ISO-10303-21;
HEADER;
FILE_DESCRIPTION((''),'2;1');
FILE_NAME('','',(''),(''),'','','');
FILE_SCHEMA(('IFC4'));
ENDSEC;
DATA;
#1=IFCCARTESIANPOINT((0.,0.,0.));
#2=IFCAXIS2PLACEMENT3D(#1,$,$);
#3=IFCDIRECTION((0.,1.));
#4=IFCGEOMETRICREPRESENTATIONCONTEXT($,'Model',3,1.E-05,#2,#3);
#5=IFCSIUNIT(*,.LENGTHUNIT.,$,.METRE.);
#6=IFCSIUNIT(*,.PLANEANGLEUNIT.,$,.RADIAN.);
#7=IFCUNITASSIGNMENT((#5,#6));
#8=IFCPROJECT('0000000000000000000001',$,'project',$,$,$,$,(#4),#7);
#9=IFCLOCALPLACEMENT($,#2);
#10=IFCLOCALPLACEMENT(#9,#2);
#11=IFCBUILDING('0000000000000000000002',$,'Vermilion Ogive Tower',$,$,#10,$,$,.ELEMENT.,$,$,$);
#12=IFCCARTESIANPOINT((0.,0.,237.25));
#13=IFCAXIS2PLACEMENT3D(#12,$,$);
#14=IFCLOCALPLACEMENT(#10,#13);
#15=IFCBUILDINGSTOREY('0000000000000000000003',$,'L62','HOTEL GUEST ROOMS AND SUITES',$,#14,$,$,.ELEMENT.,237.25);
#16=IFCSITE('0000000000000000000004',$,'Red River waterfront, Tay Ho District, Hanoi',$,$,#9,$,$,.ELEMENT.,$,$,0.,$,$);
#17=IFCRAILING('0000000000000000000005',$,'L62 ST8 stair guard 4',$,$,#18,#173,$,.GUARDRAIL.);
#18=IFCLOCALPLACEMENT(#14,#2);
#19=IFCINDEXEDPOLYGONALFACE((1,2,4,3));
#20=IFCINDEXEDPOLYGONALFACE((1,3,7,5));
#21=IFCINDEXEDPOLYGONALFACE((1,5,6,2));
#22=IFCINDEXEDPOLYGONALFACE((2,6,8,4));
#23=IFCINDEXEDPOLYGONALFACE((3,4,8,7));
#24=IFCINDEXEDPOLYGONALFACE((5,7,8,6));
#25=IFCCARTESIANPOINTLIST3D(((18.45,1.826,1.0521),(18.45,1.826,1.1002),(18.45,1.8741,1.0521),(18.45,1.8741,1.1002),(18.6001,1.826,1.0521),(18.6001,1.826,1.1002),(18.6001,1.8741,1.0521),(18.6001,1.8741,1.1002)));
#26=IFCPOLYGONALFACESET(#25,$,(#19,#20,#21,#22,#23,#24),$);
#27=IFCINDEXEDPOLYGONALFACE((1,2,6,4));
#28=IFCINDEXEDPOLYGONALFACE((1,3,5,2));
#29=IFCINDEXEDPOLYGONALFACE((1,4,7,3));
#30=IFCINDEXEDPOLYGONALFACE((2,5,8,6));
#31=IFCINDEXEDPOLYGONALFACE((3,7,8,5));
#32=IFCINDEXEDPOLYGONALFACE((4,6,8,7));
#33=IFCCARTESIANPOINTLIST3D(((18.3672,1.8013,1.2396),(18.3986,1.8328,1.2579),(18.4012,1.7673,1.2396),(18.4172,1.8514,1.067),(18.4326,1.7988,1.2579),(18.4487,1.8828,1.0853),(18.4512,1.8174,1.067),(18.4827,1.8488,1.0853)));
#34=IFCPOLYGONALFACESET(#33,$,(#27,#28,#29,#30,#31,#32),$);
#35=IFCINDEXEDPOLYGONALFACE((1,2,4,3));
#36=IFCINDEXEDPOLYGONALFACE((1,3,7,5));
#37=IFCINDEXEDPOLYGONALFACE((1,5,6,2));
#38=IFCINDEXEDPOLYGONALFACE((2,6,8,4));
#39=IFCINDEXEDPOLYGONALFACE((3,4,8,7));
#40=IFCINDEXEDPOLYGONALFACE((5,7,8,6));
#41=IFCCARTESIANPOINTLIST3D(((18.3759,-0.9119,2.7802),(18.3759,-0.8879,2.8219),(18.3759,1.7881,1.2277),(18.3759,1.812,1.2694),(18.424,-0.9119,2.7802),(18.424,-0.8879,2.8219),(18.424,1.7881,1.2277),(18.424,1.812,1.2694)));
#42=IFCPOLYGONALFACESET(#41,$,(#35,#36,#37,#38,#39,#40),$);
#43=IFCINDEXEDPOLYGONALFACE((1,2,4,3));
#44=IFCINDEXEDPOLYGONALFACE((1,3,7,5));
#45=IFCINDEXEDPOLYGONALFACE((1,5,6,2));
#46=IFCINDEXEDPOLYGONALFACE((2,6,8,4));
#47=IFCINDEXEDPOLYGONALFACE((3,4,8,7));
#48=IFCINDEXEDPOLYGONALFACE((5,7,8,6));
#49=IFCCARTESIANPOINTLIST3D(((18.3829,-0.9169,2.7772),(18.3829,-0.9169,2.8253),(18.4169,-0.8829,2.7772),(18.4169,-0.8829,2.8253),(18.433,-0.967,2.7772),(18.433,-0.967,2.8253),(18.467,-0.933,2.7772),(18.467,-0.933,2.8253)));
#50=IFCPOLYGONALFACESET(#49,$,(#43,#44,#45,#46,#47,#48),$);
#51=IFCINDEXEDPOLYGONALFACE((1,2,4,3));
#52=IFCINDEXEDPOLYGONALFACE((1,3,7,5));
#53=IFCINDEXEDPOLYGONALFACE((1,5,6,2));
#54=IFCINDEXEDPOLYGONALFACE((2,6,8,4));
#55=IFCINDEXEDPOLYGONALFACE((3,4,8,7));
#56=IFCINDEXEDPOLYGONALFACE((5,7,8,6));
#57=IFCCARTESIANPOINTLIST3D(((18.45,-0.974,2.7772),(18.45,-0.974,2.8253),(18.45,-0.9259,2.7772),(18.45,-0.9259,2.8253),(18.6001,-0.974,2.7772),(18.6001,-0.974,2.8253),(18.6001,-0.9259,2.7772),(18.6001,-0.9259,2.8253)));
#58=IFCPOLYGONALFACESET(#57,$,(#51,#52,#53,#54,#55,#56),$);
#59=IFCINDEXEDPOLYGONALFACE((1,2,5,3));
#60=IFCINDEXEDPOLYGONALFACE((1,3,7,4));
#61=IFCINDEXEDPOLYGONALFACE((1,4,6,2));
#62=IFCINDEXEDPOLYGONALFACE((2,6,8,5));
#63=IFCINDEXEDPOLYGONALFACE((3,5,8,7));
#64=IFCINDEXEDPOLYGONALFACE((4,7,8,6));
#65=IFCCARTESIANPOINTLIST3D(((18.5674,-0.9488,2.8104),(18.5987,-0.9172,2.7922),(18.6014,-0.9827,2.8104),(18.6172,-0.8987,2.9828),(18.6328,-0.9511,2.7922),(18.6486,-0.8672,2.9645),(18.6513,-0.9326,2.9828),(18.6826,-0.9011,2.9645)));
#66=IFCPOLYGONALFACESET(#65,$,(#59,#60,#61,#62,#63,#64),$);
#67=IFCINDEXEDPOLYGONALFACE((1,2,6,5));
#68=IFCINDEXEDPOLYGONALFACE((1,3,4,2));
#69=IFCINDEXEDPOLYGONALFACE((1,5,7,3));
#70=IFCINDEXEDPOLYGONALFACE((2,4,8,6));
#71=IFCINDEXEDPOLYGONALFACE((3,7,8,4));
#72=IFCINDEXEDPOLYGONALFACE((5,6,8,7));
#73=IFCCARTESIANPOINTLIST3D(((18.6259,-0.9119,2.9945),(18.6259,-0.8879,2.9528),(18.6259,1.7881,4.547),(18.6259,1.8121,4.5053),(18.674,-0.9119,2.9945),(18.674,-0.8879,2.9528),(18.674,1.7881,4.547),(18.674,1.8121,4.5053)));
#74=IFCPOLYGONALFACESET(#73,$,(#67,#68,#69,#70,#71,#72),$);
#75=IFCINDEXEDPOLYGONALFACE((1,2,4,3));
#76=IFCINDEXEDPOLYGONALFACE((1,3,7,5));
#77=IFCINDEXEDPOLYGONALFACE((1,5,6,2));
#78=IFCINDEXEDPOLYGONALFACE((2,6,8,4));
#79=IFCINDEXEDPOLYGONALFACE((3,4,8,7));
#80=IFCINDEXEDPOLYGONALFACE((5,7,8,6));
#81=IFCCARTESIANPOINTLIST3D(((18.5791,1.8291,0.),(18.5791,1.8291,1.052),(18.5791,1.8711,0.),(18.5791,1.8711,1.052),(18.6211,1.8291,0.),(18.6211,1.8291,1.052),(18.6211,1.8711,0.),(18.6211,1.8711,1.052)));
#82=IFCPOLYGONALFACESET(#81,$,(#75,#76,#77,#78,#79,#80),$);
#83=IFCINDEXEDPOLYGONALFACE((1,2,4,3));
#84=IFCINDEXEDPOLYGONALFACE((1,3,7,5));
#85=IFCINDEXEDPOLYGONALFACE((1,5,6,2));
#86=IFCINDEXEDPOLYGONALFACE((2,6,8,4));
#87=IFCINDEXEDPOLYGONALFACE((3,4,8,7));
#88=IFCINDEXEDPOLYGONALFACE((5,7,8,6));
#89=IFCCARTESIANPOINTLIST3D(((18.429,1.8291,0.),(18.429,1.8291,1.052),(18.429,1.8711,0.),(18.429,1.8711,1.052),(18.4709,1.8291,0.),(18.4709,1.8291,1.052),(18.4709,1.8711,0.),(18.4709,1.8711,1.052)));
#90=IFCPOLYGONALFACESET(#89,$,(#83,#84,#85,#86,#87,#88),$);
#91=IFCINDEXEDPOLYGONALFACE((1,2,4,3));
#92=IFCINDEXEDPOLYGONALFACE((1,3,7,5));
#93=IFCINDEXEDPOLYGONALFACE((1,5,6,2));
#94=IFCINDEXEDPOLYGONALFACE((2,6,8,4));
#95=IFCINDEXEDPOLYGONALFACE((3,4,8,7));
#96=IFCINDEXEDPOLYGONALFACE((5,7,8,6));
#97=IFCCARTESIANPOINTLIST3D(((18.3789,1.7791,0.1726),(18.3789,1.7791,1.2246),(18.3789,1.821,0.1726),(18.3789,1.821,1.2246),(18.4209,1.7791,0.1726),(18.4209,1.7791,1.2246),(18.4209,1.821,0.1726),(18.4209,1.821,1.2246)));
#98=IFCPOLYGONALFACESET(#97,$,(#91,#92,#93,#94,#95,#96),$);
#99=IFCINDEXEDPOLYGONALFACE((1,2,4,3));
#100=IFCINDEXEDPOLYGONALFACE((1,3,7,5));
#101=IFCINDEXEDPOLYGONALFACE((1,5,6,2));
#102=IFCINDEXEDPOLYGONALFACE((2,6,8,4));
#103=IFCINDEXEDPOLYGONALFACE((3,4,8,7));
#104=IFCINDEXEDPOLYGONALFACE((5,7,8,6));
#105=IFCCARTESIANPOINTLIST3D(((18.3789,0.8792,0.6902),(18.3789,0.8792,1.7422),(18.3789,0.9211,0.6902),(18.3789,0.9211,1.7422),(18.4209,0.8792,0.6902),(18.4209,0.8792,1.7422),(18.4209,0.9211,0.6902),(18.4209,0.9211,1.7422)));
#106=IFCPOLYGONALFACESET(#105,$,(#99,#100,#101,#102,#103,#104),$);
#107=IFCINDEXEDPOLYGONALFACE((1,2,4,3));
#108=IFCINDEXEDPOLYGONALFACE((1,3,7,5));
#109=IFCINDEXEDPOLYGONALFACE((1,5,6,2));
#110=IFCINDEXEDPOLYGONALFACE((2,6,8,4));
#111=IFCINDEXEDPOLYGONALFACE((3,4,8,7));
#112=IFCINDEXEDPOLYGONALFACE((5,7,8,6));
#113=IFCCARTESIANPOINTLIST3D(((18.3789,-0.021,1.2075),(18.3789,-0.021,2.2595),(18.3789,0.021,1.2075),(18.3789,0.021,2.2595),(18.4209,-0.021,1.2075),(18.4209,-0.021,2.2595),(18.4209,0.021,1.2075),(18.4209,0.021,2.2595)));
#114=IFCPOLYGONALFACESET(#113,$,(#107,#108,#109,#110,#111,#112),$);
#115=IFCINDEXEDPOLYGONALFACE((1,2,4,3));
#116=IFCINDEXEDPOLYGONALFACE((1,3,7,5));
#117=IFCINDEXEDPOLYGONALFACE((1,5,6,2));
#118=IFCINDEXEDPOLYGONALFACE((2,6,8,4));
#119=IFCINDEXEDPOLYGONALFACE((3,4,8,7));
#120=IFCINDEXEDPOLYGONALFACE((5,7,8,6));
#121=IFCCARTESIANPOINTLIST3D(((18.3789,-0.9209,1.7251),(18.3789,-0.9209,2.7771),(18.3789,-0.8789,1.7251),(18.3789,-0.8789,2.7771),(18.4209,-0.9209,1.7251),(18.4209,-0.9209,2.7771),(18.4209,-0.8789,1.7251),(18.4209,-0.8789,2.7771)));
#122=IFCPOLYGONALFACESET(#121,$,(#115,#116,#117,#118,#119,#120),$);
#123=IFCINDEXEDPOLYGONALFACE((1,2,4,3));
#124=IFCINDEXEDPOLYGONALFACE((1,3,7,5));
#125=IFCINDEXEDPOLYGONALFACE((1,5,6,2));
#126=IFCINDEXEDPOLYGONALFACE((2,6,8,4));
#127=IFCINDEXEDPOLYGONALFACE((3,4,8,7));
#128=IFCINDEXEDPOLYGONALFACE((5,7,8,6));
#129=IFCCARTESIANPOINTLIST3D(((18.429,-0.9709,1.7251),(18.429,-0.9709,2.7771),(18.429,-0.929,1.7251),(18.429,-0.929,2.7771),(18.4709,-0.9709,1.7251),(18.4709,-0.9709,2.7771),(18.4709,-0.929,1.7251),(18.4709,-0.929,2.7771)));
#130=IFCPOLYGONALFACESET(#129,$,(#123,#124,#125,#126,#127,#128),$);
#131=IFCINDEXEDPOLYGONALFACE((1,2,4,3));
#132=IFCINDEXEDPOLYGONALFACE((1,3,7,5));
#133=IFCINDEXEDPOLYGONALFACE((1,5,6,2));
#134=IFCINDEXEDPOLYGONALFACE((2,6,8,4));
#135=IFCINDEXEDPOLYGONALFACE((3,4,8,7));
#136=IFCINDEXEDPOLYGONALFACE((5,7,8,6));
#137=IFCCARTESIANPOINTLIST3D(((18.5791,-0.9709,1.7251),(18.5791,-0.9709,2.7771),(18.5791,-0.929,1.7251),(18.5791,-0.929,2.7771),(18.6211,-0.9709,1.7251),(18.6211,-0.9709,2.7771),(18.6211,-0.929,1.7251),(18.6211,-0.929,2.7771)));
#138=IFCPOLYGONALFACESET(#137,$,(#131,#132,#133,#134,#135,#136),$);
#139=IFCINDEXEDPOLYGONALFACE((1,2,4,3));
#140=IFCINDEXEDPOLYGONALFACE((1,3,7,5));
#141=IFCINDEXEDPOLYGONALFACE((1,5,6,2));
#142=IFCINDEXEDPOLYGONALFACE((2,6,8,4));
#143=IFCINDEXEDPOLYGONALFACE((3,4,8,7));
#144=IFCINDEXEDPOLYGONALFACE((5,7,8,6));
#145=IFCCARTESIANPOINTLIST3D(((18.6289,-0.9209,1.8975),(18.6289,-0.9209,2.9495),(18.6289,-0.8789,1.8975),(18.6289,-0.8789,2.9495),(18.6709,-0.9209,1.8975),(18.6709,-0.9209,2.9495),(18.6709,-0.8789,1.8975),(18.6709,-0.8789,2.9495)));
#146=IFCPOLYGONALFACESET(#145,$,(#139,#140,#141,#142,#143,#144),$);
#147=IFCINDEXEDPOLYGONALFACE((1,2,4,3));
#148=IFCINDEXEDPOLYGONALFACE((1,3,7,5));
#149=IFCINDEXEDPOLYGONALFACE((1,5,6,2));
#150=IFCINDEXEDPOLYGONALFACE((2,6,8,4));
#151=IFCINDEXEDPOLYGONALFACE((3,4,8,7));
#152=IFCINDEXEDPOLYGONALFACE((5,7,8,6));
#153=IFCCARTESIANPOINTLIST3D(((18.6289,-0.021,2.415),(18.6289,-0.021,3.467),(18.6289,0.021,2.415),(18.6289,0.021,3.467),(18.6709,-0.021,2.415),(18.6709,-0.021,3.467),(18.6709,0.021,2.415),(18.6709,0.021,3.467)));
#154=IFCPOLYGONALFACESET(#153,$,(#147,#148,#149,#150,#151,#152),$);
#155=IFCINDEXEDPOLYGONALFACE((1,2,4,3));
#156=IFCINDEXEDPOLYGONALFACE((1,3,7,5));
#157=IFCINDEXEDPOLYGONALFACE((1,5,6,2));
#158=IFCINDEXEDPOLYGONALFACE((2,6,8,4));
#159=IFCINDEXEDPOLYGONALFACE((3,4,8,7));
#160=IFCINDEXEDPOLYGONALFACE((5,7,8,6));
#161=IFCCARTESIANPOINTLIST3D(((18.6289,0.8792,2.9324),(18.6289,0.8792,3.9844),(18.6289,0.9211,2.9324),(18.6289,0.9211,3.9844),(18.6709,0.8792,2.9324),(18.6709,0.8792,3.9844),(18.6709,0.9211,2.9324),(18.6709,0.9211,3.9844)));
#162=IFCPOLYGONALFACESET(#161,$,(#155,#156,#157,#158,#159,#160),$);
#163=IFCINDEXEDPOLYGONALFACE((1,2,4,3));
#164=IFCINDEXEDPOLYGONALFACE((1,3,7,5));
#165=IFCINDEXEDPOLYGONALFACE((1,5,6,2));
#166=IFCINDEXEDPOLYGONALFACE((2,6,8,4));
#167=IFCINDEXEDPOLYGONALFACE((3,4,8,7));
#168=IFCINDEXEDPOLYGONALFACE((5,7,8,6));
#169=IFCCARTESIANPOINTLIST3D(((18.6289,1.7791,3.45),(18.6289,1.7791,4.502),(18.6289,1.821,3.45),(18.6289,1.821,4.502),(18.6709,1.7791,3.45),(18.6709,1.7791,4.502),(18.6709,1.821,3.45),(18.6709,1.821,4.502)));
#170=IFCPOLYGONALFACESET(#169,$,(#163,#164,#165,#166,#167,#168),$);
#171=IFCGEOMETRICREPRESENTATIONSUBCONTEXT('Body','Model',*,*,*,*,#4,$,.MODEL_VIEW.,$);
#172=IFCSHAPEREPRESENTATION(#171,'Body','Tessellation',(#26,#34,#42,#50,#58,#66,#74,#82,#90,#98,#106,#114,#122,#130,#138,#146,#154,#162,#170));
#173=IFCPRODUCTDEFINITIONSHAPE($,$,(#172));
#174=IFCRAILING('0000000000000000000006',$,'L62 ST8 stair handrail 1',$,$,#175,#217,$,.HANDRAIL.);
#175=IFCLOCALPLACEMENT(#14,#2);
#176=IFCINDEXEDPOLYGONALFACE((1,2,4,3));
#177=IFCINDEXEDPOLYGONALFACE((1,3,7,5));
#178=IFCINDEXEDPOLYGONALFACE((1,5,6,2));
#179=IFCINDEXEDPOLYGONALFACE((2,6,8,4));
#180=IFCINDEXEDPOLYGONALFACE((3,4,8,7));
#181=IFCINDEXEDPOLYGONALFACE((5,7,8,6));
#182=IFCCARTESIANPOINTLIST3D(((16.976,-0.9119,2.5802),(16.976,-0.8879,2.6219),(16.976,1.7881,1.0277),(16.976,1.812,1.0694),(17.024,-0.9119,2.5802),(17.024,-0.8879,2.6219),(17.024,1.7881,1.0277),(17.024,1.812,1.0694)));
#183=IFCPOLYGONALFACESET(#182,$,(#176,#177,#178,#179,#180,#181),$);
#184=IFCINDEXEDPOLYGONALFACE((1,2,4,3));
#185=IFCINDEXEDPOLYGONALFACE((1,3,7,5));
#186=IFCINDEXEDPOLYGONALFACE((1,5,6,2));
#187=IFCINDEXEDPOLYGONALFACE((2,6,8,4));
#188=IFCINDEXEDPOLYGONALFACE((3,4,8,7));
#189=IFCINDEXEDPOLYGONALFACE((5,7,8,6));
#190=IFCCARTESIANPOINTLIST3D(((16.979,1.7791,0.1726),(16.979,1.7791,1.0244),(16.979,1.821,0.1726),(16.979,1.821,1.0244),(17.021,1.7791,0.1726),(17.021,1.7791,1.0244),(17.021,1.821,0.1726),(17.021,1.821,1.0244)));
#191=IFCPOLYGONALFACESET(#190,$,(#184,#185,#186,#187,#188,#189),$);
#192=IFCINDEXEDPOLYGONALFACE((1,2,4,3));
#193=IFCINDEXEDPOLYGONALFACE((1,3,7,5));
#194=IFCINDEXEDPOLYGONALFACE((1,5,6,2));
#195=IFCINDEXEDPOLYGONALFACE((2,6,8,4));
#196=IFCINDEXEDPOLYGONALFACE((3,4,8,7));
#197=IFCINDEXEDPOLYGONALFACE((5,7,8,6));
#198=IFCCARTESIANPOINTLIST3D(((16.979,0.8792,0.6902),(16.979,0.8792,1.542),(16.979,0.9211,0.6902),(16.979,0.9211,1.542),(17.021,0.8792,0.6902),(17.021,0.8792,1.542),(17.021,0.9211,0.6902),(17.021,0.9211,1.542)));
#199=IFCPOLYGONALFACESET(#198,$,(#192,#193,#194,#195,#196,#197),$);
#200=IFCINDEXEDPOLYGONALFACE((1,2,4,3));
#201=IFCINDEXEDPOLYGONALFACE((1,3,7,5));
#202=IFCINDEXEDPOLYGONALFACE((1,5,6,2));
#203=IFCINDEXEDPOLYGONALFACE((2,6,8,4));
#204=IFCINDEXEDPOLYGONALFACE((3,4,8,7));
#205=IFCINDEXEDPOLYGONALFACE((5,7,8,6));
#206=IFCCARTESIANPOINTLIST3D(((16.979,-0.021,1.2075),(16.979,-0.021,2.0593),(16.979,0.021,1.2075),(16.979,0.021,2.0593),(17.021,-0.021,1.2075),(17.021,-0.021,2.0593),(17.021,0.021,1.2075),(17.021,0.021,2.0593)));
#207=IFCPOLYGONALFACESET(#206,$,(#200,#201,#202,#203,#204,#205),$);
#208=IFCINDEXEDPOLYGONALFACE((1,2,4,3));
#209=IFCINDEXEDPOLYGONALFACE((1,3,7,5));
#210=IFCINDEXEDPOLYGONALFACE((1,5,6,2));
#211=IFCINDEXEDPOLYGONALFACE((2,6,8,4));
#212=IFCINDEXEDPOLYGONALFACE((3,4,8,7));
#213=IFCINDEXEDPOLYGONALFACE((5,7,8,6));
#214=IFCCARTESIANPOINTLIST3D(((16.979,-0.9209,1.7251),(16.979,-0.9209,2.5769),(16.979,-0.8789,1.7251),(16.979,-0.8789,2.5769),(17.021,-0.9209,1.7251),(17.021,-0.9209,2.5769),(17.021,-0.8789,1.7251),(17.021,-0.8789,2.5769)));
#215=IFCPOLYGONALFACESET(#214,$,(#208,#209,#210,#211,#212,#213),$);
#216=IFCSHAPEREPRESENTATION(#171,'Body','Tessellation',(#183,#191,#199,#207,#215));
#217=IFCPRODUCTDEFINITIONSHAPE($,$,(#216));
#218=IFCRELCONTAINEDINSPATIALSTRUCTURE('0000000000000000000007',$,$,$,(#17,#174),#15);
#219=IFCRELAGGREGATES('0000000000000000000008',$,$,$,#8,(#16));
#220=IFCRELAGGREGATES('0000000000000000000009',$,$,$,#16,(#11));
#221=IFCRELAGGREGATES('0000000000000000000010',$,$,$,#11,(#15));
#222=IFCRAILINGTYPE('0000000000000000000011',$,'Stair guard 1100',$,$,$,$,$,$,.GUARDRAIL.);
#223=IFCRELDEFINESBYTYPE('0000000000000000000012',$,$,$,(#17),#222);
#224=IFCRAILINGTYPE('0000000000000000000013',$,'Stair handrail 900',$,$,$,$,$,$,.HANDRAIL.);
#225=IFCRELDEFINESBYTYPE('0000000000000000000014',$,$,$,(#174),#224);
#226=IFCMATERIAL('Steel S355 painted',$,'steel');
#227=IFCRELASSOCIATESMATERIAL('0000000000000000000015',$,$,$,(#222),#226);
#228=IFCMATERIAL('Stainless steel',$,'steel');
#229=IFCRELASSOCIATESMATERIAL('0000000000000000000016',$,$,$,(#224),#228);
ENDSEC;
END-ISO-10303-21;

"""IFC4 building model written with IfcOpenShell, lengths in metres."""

from ifc_helpers import new_model, si_unit, direction, frame, origin, origin_2d, place, context, subcontext, project, spatial, rectangle, extrude, material, type_object, element, save


model = new_model("IFC4")

# Units and contexts
model_context = context("Model", 3, precision=1e-05, world=origin(), true_north=direction((0.0, 1.0)))
body_context = subcontext(model_context, "Body", "Model", "MODEL_VIEW")
ifc_project = project(units=[si_unit("LENGTHUNIT", "METRE"), si_unit("PLANEANGLEUNIT", "RADIAN")], contexts=[model_context])

# Site, building, storey
site_placement = place(None, origin())
site = spatial("IfcSite", under=ifc_project, at=site_placement, Name="Red River waterfront, Tay Ho District, Hanoi", CompositionType="ELEMENT", RefElevation=0.0)
building_placement = place(site_placement, origin())
building = spatial("IfcBuilding", under=site, at=building_placement, Name="Vermilion Ogive Tower", CompositionType="ELEMENT")
storey_placement = place(building_placement, frame((0.0, 0.0, 237.25)))
storey = spatial("IfcBuildingStorey", under=building, at=storey_placement, Name="L62", Description="HOTEL GUEST ROOMS AND SUITES", CompositionType="ELEMENT", Elevation=237.25)

# Railings
ifc_material_1 = material(Name="Steel S355 painted", Category="steel")
railing_type_1 = type_object("IfcRailingType", Name="Stair guard 1100", PredefinedType="GUARDRAIL", material=ifc_material_1)
railing_1_placement = place(storey_placement, frame((18.6001, 1.8501, 0.0)))
element("IfcRailing", 1, at=railing_1_placement, inside=storey, type_object=railing_type_1, Name="L62 ST8 stair guard 4", PredefinedType="GUARDRAIL", context=body_context, shape_type="SweptSolid", body=[
    extrude(rectangle(XDim=0.0481, YDim=0.0481, at=origin_2d()), frame((0.0, 0.0, 1.0762), z_axis=(-1.0, 0.0, 0.0), x_axis=(0.0, -1.0, 0.0)), (0.0, 0.0, 1.0), 0.1501),
    extrude(rectangle(XDim=0.0481, YDim=0.0481, at=origin_2d()), frame((-0.1501, 0.0, 1.0762), z_axis=(-0.268278, -0.268278, 0.925232), x_axis=(0.707107, -0.707107, 0.0)), (0.0, 0.0, 1.0), 0.1865),
    extrude(rectangle(XDim=0.0481, YDim=0.0481, at=origin_2d()), frame((-0.2002, -0.05, 1.2485), z_axis=(0.0, -0.866904, 0.498476), x_axis=(1.0, 0.0, 0.0)), (0.0, 0.0, 1.0), 3.1145),
    extrude(rectangle(XDim=0.0481, YDim=0.0481, at=origin_2d()), frame((-0.2002, -2.75, 2.8013), z_axis=(0.707107, -0.707107, 0.0), x_axis=(0.707107, 0.707107, 0.0)), (0.0, 0.0, 1.0), 0.0708),
    extrude(rectangle(XDim=0.0481, YDim=0.0481, at=origin_2d()), frame((-0.1501, -2.8, 2.8013), z_axis=(1.0, 0.0, 0.0), x_axis=(0.0, 1.0, 0.0)), (0.0, 0.0, 1.0), 0.1501),
    extrude(rectangle(XDim=0.0481, YDim=0.0481, at=origin_2d()), frame((0.0, -2.8, 2.8013), z_axis=(0.267387, 0.268698, 0.925368), x_axis=(-0.708834, 0.705376, 0.0)), (0.0, 0.0, 1.0), 0.1863),
    extrude(rectangle(XDim=0.0481, YDim=0.0481, at=origin_2d()), frame((0.0498, -2.75, 2.9736), z_axis=(0.0, 0.866904, 0.498476), x_axis=(-1.0, 0.0, 0.0)), (0.0, 0.0, 1.0), 3.1145),
    extrude(rectangle(XDim=0.042, YDim=0.042, at=origin_2d()), origin(), (0.0, 0.0, 1.0), 1.052),
    extrude(rectangle(XDim=0.042, YDim=0.042, at=origin_2d()), frame((-0.1501, 0.0, 0.0)), (0.0, 0.0, 1.0), 1.052),
    extrude(rectangle(XDim=0.042, YDim=0.042, at=origin_2d()), frame((-0.2002, -0.05, 0.1726)), (0.0, 0.0, 1.0), 1.052),
    extrude(rectangle(XDim=0.042, YDim=0.042, at=origin_2d()), frame((-0.2002, -0.95, 0.6902)), (0.0, 0.0, 1.0), 1.052),
    extrude(rectangle(XDim=0.042, YDim=0.042, at=origin_2d()), frame((-0.2002, -1.8501, 1.2075)), (0.0, 0.0, 1.0), 1.052),
    extrude(rectangle(XDim=0.042, YDim=0.042, at=origin_2d()), frame((-0.2002, -2.75, 1.7251)), (0.0, 0.0, 1.0), 1.052),
    extrude(rectangle(XDim=0.042, YDim=0.042, at=origin_2d()), frame((-0.1501, -2.8, 1.7251)), (0.0, 0.0, 1.0), 1.052),
    extrude(rectangle(XDim=0.042, YDim=0.042, at=origin_2d()), frame((0.0, -2.8, 1.7251)), (0.0, 0.0, 1.0), 1.052),
    extrude(rectangle(XDim=0.042, YDim=0.042, at=origin_2d()), frame((0.0498, -2.75, 1.8975)), (0.0, 0.0, 1.0), 1.052),
    extrude(rectangle(XDim=0.042, YDim=0.042, at=origin_2d()), frame((0.0498, -1.8501, 2.415)), (0.0, 0.0, 1.0), 1.052),
    extrude(rectangle(XDim=0.042, YDim=0.042, at=origin_2d()), frame((0.0498, -0.95, 2.9324)), (0.0, 0.0, 1.0), 1.052),
    extrude(rectangle(XDim=0.042, YDim=0.042, at=origin_2d()), frame((0.0498, -0.05, 3.45)), (0.0, 0.0, 1.0), 1.052),
])
ifc_material_2 = material(Name="Stainless steel", Category="steel")
railing_type_2 = type_object("IfcRailingType", Name="Stair handrail 900", PredefinedType="HANDRAIL", material=ifc_material_2)
railing_2_placement = place(storey_placement, frame((17.0, 1.8, 0.1726)))
element("IfcRailing", 2, at=railing_2_placement, inside=storey, type_object=railing_type_2, Name="L62 ST8 stair handrail 1", PredefinedType="HANDRAIL", context=body_context, shape_type="SweptSolid", body=[
    extrude(rectangle(XDim=0.0481, YDim=0.0481, at=origin_2d()), frame((0.0, 0.0, 0.876), z_axis=(0.0, -0.866904, 0.498476), x_axis=(1.0, 0.0, 0.0)), (0.0, 0.0, 1.0), 3.1145),
    extrude(rectangle(XDim=0.042, YDim=0.042, at=origin_2d()), origin(), (0.0, 0.0, 1.0), 0.8518),
    extrude(rectangle(XDim=0.042, YDim=0.042, at=origin_2d()), frame((0.0, -0.8999, 0.5176)), (0.0, 0.0, 1.0), 0.8518),
    extrude(rectangle(XDim=0.042, YDim=0.042, at=origin_2d()), frame((0.0, -1.8, 1.0349)), (0.0, 0.0, 1.0), 0.8518),
    extrude(rectangle(XDim=0.042, YDim=0.042, at=origin_2d()), frame((0.0, -2.7, 1.5525)), (0.0, 0.0, 1.0), 0.8518),
])

save(model, "model.ifc")
